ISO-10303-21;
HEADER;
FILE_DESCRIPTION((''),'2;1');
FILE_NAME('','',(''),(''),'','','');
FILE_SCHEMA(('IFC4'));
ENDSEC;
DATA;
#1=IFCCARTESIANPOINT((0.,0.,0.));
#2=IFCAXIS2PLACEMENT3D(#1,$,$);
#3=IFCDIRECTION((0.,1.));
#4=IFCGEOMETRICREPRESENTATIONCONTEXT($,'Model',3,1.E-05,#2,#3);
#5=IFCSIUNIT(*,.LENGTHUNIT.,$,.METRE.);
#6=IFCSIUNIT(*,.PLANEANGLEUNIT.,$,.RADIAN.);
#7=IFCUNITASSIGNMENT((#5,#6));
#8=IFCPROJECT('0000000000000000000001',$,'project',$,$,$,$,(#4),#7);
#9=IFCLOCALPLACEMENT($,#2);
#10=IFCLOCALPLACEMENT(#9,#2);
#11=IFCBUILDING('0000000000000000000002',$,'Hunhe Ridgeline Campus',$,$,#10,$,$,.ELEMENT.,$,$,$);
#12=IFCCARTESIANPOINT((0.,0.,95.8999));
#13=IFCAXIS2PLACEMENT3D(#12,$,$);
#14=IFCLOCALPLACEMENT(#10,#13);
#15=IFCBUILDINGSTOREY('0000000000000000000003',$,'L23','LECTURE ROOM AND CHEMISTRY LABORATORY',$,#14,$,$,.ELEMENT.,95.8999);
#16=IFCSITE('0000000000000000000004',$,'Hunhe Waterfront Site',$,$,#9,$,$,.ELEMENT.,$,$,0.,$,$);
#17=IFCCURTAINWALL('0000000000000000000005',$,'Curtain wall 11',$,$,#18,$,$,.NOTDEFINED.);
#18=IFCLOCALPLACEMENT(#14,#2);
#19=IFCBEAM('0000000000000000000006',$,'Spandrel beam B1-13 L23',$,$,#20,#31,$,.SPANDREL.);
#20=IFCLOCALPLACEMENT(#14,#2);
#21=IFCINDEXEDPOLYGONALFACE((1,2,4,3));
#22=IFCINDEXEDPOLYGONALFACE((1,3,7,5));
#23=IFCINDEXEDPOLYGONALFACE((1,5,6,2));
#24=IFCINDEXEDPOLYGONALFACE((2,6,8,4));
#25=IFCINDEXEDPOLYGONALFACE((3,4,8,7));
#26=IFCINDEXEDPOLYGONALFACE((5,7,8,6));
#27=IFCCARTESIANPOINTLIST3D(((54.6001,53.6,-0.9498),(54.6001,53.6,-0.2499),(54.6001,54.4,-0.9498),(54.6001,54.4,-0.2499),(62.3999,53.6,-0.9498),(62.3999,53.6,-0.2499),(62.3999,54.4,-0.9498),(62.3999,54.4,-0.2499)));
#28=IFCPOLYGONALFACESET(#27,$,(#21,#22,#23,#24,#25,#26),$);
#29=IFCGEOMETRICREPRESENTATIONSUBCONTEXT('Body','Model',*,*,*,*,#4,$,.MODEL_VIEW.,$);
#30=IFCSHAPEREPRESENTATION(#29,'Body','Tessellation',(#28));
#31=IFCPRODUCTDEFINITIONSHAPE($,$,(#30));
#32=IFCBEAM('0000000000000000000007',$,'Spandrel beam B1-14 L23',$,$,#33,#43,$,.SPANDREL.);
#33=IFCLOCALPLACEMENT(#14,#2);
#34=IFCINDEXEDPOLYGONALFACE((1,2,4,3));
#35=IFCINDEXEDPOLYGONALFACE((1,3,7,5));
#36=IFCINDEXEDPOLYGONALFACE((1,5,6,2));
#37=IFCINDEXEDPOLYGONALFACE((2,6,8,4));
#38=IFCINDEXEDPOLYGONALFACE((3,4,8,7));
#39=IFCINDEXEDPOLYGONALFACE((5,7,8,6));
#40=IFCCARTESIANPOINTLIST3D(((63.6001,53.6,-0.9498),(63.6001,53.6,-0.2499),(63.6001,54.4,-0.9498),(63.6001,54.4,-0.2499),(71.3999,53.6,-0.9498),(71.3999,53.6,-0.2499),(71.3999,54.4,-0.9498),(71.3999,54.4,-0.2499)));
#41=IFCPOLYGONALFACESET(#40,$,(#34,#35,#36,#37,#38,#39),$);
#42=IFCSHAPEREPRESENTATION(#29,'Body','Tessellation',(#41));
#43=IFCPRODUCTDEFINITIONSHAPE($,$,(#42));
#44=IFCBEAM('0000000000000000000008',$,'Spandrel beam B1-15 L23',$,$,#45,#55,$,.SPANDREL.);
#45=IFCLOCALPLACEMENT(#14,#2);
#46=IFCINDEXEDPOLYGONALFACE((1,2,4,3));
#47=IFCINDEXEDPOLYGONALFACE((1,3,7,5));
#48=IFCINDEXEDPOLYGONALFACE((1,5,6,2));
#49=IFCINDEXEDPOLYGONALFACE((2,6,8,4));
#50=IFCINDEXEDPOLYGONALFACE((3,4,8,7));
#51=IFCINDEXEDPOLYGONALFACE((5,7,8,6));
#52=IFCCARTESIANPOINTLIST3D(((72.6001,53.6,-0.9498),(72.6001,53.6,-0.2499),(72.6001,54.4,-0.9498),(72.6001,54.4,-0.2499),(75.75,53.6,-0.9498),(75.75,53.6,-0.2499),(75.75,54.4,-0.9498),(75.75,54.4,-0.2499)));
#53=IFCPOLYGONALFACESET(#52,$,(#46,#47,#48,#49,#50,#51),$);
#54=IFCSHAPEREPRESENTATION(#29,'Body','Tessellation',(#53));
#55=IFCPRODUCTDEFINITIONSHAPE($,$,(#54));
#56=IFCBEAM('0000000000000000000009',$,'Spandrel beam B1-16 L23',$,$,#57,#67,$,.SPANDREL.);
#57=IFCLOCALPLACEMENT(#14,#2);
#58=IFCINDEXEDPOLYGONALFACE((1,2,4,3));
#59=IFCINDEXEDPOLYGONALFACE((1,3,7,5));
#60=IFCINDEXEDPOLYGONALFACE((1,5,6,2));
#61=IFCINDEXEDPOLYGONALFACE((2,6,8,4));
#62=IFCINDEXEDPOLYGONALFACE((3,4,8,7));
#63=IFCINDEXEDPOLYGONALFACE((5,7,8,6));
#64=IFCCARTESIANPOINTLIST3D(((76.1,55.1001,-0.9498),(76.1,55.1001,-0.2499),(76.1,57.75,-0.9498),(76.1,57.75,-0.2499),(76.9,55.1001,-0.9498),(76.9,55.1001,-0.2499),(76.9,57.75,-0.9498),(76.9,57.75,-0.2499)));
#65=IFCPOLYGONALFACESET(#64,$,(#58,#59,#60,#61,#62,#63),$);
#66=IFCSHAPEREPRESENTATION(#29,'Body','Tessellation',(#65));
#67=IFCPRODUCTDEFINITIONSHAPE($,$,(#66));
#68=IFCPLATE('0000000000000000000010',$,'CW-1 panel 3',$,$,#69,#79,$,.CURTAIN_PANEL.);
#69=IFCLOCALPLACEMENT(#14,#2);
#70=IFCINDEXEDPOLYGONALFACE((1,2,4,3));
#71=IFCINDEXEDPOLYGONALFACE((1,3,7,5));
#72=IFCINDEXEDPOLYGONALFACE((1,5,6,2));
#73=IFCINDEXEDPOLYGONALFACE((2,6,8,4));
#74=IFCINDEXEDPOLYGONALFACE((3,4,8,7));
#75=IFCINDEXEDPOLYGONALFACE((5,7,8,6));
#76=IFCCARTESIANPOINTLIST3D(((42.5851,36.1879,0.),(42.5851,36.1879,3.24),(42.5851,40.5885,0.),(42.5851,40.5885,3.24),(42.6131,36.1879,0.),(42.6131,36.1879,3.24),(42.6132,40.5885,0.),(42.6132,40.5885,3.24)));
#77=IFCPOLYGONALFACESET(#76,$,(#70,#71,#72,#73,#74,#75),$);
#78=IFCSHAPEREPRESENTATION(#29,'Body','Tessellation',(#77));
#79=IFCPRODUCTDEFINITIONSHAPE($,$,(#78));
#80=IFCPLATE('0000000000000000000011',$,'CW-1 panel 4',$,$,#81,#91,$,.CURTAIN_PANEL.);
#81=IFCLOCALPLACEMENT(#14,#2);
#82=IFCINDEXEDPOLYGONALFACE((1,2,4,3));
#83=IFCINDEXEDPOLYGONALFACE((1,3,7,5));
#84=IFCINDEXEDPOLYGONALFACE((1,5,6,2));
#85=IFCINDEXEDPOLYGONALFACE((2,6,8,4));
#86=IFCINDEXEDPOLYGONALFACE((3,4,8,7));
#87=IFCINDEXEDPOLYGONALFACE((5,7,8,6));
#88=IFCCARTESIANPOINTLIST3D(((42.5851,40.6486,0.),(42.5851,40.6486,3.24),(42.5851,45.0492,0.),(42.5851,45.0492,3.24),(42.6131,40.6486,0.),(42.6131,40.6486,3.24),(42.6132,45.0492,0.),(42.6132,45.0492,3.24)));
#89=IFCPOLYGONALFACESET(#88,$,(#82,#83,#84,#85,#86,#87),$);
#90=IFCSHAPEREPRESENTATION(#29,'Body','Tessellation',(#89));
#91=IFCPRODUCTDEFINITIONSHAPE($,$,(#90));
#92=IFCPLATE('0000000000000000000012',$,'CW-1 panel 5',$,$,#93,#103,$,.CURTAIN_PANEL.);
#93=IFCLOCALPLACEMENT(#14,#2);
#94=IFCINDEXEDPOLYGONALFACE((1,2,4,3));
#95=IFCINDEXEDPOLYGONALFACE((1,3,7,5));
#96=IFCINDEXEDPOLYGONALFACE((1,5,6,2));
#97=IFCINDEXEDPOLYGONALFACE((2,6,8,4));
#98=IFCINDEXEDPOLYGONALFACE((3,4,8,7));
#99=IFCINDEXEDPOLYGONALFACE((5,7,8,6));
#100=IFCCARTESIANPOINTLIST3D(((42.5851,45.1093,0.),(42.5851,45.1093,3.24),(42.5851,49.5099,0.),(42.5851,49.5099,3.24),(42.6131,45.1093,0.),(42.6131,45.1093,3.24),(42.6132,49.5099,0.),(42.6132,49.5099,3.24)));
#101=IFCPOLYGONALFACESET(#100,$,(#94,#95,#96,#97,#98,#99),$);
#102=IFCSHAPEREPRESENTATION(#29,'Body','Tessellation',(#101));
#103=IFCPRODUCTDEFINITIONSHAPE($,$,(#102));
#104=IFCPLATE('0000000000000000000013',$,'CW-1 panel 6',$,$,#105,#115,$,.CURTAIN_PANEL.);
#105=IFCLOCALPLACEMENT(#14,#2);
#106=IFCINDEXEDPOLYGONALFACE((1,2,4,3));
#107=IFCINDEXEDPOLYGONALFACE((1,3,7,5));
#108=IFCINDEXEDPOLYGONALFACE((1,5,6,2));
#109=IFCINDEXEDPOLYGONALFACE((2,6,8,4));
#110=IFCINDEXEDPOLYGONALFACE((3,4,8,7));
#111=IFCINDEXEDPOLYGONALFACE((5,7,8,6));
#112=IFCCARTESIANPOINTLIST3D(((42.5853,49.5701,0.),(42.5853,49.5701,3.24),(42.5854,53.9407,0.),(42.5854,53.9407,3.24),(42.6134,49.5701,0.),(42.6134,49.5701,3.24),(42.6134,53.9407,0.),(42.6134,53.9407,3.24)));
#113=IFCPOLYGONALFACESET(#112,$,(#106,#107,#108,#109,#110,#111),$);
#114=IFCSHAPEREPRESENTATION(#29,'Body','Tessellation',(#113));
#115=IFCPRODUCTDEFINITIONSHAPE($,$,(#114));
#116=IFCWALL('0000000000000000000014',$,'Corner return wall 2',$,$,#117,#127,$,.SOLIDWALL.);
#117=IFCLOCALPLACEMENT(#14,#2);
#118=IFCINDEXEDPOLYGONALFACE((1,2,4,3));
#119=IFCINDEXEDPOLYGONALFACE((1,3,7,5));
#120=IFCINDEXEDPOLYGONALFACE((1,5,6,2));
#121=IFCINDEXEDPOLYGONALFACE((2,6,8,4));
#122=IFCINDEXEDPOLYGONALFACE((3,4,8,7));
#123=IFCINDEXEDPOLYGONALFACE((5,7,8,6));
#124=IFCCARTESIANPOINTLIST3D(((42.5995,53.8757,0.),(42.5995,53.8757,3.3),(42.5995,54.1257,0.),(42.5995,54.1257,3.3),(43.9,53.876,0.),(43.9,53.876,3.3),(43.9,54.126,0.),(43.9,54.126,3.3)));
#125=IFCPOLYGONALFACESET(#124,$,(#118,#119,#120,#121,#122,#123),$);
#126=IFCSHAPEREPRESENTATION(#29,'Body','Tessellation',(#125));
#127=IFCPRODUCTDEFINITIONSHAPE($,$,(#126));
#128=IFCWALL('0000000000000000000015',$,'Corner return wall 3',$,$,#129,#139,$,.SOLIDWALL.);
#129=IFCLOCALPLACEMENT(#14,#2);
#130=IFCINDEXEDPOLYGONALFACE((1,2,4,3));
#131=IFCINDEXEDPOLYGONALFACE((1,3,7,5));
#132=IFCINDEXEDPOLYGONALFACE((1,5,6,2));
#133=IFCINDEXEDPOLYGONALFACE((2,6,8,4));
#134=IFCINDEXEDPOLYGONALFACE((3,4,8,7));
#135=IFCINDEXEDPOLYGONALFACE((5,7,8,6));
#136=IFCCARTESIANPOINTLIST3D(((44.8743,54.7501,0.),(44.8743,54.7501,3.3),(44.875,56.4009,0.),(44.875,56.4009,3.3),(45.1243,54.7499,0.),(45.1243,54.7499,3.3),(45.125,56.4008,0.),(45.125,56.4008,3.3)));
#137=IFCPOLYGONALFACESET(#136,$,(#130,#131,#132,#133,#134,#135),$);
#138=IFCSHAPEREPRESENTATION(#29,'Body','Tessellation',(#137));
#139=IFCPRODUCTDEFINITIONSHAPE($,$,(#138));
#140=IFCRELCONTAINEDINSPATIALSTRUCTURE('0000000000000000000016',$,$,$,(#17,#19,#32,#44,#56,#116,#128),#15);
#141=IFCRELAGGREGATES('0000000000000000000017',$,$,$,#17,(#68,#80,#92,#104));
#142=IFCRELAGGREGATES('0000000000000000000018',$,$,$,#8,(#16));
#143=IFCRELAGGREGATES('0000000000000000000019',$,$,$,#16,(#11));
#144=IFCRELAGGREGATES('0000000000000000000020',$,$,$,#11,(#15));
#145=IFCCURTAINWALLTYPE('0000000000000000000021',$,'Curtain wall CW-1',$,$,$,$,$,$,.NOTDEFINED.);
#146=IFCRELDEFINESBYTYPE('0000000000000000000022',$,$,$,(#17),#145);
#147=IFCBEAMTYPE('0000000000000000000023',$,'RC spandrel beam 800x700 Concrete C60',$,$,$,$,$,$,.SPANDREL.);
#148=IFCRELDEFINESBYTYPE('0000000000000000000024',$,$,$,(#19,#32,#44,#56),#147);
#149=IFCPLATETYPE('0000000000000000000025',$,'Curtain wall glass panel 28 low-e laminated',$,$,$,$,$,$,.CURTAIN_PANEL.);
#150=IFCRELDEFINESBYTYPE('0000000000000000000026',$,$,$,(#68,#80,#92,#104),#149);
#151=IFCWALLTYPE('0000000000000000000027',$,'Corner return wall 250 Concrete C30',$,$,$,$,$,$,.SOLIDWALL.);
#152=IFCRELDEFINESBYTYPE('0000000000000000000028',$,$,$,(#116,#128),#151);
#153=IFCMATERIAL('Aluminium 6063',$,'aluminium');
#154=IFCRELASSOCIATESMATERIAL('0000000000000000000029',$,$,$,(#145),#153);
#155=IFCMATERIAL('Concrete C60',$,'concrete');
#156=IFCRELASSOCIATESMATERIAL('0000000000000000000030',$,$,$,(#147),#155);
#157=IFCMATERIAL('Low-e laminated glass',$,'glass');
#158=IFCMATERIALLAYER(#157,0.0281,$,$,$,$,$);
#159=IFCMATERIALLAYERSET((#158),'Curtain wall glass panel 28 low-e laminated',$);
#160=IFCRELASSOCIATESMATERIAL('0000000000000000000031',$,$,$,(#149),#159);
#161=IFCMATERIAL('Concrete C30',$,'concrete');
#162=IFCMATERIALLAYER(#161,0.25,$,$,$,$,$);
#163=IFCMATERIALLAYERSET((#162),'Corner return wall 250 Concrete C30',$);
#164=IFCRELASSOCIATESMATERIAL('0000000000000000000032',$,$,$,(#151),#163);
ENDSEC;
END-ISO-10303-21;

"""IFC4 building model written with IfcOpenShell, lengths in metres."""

from ifc_helpers import new_model, si_unit, direction, frame, frame_2d, origin, origin_2d, place, context, subcontext, project, spatial, rectangle, extrude, material, layer, layer_set, material_profile, profile_set, type_object, element, aggregate, save


model = new_model("IFC4")

# Units and contexts
model_context = context("Model", 3, precision=1e-05, world=origin(), true_north=direction((0.0, 1.0)))
body_context = subcontext(model_context, "Body", "Model", "MODEL_VIEW")
ifc_project = project(units=[si_unit("LENGTHUNIT", "METRE"), si_unit("PLANEANGLEUNIT", "RADIAN")], contexts=[model_context])

# Site, building, storey
site_placement = place(None, origin())
site = spatial("IfcSite", under=ifc_project, at=site_placement, Name="Hunhe Waterfront Site", CompositionType="ELEMENT", RefElevation=0.0)
building_placement = place(site_placement, origin())
building = spatial("IfcBuilding", under=site, at=building_placement, Name="Hunhe Ridgeline Campus", CompositionType="ELEMENT")
storey_placement = place(building_placement, frame((0.0, 0.0, 95.8999)))
storey = spatial("IfcBuildingStorey", under=building, at=storey_placement, Name="L23", Description="LECTURE ROOM AND CHEMISTRY LABORATORY", CompositionType="ELEMENT", Elevation=95.8999)

# Curtain wall
ifc_material_1 = material(Name="Aluminium 6063", Category="aluminium")
curtain_wall_type = type_object("IfcCurtainWallType", Name="Curtain wall CW-1", PredefinedType="NOTDEFINED", material=ifc_material_1)
curtain_wall_1_placement = place(storey_placement, origin())
curtain_wall_1 = element("IfcCurtainWall", 1, at=curtain_wall_1_placement, inside=storey, type_object=curtain_wall_type, Name="Curtain wall 11", PredefinedType="NOTDEFINED")

# Beams
ifc_material_2 = material(Name="Concrete C60", Category="concrete")
ifc_material_profile_1 = material_profile(ifc_material_2, rectangle(XDim=0.8, YDim=0.7, at=origin_2d()))
ifc_profile_set_1 = profile_set([ifc_material_profile_1], Name="Concrete C60")
beam_type = type_object("IfcBeamType", Name="RC spandrel beam 800x700 Concrete C60", PredefinedType="SPANDREL", material=ifc_profile_set_1)
for number, where, z_axis, x_axis, name in (
    (2, (54.6001, 54.0, -0.5999), (1.0, 0.0, 0.0), (0.0, 1.0, 0.0), "Spandrel beam B1-13 L23"),
    (3, (63.6001, 54.0, -0.5999), (1.0, 0.0, 0.0), (0.0, 1.0, 0.0), "Spandrel beam B1-14 L23"),
):
    element("IfcBeam", number, at=place(storey_placement, frame(where, z_axis=z_axis, x_axis=x_axis)), inside=storey, type_object=beam_type, Name=name, PredefinedType="SPANDREL", context=body_context, shape_type="SweptSolid", body=[
        extrude(rectangle(XDim=0.8, YDim=0.7, at=origin_2d()), origin(), (0.0, 0.0, 1.0), 7.7998),
    ])
beam_1_placement = place(storey_placement, frame((72.6001, 54.0, -0.5999), z_axis=(1.0, 0.0, 0.0), x_axis=(0.0, 1.0, 0.0)))
element("IfcBeam", 4, at=beam_1_placement, inside=storey, type_object=beam_type, Name="Spandrel beam B1-15 L23", PredefinedType="SPANDREL", context=body_context, shape_type="SweptSolid", body=[
    extrude(rectangle(XDim=0.8, YDim=0.7, at=origin_2d()), origin(), (0.0, 0.0, 1.0), 3.1499),
])
beam_2_placement = place(storey_placement, frame((76.5, 55.1001, -0.5999), z_axis=(0.0, 1.0, 0.0), x_axis=(-1.0, 0.0, 0.0)))
element("IfcBeam", 5, at=beam_2_placement, inside=storey, type_object=beam_type, Name="Spandrel beam B1-16 L23", PredefinedType="SPANDREL", context=body_context, shape_type="SweptSolid", body=[
    extrude(rectangle(XDim=0.8, YDim=0.7, at=origin_2d()), origin(), (0.0, 0.0, 1.0), 2.6499),
])

# Plates
ifc_material_3 = material(Name="Low-e laminated glass", Category="glass")
ifc_layer_1 = layer(ifc_material_3, 0.0281)
ifc_layer_set_1 = layer_set([ifc_layer_1], Name="Curtain wall glass panel 28 low-e laminated")
plate_type = type_object("IfcPlateType", Name="Curtain wall glass panel 28 low-e laminated", PredefinedType="CURTAIN_PANEL", material=ifc_layer_set_1)
plate_1_placement = place(storey_placement, frame((42.5991, 38.3882, 0.0), z_axis=(0.0, 0.0, 1.0), x_axis=(0.000011, 1.0, 0.0)))
plate_1 = element("IfcPlate", 6, at=plate_1_placement, type_object=plate_type, Name="CW-1 panel 3", PredefinedType="CURTAIN_PANEL", context=body_context, shape_type="SweptSolid", body=[
    extrude(rectangle(XDim=4.4006, YDim=0.0281, at=origin_2d()), origin(), (0.0, 0.0, 1.0), 3.24),
])
plate_2_placement = place(storey_placement, frame((42.5991, 42.8489, 0.0), z_axis=(0.0, 0.0, 1.0), x_axis=(0.000011, 1.0, 0.0)))
plate_2 = element("IfcPlate", 7, at=plate_2_placement, type_object=plate_type, Name="CW-1 panel 4", PredefinedType="CURTAIN_PANEL", context=body_context, shape_type="SweptSolid", body=[
    extrude(rectangle(XDim=4.4006, YDim=0.0281, at=origin_2d()), origin(), (0.0, 0.0, 1.0), 3.24),
])
plate_3_placement = place(storey_placement, frame((42.5991, 47.3096, 0.0), z_axis=(0.0, 0.0, 1.0), x_axis=(0.000011, 1.0, 0.0)))
plate_3 = element("IfcPlate", 8, at=plate_3_placement, type_object=plate_type, Name="CW-1 panel 5", PredefinedType="CURTAIN_PANEL", context=body_context, shape_type="SweptSolid", body=[
    extrude(rectangle(XDim=4.4006, YDim=0.0281, at=origin_2d()), origin(), (0.0, 0.0, 1.0), 3.24),
])
plate_4_placement = place(storey_placement, frame((42.5994, 51.7554, 0.0), z_axis=(0.0, 0.0, 1.0), x_axis=(0.000011, 1.0, 0.0)))
plate_4 = element("IfcPlate", 9, at=plate_4_placement, type_object=plate_type, Name="CW-1 panel 6", PredefinedType="CURTAIN_PANEL", context=body_context, shape_type="SweptSolid", body=[
    extrude(rectangle(XDim=4.3706, YDim=0.0281, at=origin_2d()), origin(), (0.0, 0.0, 1.0), 3.24),
])
aggregate(curtain_wall_1, [plate_1, plate_2, plate_3, plate_4])

# Walls
ifc_material_4 = material(Name="Concrete C30", Category="concrete")
ifc_layer_2 = layer(ifc_material_4, 0.25)
ifc_layer_set_2 = layer_set([ifc_layer_2], Name="Corner return wall 250 Concrete C30")
wall_type = type_object("IfcWallType", Name="Corner return wall 250 Concrete C30", PredefinedType="SOLIDWALL", material=ifc_layer_set_2)
wall_1_placement = place(storey_placement, frame((42.5994, 54.0007, 0.0), z_axis=(0.0, 0.0, 1.0), x_axis=(1.0, 0.000188, 0.0)))
element("IfcWall", 10, at=wall_1_placement, inside=storey, type_object=wall_type, Name="Corner return wall 2", PredefinedType="SOLIDWALL", context=body_context, shape_type="SweptSolid", body=[
    extrude(rectangle(XDim=1.3005, YDim=0.25, at=frame_2d((0.6504, 0.0))), origin(), (0.0, 0.0, 1.0), 3.3),
])
wall_2_placement = place(storey_placement, frame((44.9993, 54.75, 0.0), z_axis=(0.0, 0.0, 1.0), x_axis=(0.000444, 1.0, 0.0)))
element("IfcWall", 11, at=wall_2_placement, inside=storey, type_object=wall_type, Name="Corner return wall 3", PredefinedType="SOLIDWALL", context=body_context, shape_type="SweptSolid", body=[
    extrude(rectangle(XDim=1.6509, YDim=0.25, at=frame_2d((0.8254, 0.0))), origin(), (0.0, 0.0, 1.0), 3.3),
])

save(model, "model.ifc")
